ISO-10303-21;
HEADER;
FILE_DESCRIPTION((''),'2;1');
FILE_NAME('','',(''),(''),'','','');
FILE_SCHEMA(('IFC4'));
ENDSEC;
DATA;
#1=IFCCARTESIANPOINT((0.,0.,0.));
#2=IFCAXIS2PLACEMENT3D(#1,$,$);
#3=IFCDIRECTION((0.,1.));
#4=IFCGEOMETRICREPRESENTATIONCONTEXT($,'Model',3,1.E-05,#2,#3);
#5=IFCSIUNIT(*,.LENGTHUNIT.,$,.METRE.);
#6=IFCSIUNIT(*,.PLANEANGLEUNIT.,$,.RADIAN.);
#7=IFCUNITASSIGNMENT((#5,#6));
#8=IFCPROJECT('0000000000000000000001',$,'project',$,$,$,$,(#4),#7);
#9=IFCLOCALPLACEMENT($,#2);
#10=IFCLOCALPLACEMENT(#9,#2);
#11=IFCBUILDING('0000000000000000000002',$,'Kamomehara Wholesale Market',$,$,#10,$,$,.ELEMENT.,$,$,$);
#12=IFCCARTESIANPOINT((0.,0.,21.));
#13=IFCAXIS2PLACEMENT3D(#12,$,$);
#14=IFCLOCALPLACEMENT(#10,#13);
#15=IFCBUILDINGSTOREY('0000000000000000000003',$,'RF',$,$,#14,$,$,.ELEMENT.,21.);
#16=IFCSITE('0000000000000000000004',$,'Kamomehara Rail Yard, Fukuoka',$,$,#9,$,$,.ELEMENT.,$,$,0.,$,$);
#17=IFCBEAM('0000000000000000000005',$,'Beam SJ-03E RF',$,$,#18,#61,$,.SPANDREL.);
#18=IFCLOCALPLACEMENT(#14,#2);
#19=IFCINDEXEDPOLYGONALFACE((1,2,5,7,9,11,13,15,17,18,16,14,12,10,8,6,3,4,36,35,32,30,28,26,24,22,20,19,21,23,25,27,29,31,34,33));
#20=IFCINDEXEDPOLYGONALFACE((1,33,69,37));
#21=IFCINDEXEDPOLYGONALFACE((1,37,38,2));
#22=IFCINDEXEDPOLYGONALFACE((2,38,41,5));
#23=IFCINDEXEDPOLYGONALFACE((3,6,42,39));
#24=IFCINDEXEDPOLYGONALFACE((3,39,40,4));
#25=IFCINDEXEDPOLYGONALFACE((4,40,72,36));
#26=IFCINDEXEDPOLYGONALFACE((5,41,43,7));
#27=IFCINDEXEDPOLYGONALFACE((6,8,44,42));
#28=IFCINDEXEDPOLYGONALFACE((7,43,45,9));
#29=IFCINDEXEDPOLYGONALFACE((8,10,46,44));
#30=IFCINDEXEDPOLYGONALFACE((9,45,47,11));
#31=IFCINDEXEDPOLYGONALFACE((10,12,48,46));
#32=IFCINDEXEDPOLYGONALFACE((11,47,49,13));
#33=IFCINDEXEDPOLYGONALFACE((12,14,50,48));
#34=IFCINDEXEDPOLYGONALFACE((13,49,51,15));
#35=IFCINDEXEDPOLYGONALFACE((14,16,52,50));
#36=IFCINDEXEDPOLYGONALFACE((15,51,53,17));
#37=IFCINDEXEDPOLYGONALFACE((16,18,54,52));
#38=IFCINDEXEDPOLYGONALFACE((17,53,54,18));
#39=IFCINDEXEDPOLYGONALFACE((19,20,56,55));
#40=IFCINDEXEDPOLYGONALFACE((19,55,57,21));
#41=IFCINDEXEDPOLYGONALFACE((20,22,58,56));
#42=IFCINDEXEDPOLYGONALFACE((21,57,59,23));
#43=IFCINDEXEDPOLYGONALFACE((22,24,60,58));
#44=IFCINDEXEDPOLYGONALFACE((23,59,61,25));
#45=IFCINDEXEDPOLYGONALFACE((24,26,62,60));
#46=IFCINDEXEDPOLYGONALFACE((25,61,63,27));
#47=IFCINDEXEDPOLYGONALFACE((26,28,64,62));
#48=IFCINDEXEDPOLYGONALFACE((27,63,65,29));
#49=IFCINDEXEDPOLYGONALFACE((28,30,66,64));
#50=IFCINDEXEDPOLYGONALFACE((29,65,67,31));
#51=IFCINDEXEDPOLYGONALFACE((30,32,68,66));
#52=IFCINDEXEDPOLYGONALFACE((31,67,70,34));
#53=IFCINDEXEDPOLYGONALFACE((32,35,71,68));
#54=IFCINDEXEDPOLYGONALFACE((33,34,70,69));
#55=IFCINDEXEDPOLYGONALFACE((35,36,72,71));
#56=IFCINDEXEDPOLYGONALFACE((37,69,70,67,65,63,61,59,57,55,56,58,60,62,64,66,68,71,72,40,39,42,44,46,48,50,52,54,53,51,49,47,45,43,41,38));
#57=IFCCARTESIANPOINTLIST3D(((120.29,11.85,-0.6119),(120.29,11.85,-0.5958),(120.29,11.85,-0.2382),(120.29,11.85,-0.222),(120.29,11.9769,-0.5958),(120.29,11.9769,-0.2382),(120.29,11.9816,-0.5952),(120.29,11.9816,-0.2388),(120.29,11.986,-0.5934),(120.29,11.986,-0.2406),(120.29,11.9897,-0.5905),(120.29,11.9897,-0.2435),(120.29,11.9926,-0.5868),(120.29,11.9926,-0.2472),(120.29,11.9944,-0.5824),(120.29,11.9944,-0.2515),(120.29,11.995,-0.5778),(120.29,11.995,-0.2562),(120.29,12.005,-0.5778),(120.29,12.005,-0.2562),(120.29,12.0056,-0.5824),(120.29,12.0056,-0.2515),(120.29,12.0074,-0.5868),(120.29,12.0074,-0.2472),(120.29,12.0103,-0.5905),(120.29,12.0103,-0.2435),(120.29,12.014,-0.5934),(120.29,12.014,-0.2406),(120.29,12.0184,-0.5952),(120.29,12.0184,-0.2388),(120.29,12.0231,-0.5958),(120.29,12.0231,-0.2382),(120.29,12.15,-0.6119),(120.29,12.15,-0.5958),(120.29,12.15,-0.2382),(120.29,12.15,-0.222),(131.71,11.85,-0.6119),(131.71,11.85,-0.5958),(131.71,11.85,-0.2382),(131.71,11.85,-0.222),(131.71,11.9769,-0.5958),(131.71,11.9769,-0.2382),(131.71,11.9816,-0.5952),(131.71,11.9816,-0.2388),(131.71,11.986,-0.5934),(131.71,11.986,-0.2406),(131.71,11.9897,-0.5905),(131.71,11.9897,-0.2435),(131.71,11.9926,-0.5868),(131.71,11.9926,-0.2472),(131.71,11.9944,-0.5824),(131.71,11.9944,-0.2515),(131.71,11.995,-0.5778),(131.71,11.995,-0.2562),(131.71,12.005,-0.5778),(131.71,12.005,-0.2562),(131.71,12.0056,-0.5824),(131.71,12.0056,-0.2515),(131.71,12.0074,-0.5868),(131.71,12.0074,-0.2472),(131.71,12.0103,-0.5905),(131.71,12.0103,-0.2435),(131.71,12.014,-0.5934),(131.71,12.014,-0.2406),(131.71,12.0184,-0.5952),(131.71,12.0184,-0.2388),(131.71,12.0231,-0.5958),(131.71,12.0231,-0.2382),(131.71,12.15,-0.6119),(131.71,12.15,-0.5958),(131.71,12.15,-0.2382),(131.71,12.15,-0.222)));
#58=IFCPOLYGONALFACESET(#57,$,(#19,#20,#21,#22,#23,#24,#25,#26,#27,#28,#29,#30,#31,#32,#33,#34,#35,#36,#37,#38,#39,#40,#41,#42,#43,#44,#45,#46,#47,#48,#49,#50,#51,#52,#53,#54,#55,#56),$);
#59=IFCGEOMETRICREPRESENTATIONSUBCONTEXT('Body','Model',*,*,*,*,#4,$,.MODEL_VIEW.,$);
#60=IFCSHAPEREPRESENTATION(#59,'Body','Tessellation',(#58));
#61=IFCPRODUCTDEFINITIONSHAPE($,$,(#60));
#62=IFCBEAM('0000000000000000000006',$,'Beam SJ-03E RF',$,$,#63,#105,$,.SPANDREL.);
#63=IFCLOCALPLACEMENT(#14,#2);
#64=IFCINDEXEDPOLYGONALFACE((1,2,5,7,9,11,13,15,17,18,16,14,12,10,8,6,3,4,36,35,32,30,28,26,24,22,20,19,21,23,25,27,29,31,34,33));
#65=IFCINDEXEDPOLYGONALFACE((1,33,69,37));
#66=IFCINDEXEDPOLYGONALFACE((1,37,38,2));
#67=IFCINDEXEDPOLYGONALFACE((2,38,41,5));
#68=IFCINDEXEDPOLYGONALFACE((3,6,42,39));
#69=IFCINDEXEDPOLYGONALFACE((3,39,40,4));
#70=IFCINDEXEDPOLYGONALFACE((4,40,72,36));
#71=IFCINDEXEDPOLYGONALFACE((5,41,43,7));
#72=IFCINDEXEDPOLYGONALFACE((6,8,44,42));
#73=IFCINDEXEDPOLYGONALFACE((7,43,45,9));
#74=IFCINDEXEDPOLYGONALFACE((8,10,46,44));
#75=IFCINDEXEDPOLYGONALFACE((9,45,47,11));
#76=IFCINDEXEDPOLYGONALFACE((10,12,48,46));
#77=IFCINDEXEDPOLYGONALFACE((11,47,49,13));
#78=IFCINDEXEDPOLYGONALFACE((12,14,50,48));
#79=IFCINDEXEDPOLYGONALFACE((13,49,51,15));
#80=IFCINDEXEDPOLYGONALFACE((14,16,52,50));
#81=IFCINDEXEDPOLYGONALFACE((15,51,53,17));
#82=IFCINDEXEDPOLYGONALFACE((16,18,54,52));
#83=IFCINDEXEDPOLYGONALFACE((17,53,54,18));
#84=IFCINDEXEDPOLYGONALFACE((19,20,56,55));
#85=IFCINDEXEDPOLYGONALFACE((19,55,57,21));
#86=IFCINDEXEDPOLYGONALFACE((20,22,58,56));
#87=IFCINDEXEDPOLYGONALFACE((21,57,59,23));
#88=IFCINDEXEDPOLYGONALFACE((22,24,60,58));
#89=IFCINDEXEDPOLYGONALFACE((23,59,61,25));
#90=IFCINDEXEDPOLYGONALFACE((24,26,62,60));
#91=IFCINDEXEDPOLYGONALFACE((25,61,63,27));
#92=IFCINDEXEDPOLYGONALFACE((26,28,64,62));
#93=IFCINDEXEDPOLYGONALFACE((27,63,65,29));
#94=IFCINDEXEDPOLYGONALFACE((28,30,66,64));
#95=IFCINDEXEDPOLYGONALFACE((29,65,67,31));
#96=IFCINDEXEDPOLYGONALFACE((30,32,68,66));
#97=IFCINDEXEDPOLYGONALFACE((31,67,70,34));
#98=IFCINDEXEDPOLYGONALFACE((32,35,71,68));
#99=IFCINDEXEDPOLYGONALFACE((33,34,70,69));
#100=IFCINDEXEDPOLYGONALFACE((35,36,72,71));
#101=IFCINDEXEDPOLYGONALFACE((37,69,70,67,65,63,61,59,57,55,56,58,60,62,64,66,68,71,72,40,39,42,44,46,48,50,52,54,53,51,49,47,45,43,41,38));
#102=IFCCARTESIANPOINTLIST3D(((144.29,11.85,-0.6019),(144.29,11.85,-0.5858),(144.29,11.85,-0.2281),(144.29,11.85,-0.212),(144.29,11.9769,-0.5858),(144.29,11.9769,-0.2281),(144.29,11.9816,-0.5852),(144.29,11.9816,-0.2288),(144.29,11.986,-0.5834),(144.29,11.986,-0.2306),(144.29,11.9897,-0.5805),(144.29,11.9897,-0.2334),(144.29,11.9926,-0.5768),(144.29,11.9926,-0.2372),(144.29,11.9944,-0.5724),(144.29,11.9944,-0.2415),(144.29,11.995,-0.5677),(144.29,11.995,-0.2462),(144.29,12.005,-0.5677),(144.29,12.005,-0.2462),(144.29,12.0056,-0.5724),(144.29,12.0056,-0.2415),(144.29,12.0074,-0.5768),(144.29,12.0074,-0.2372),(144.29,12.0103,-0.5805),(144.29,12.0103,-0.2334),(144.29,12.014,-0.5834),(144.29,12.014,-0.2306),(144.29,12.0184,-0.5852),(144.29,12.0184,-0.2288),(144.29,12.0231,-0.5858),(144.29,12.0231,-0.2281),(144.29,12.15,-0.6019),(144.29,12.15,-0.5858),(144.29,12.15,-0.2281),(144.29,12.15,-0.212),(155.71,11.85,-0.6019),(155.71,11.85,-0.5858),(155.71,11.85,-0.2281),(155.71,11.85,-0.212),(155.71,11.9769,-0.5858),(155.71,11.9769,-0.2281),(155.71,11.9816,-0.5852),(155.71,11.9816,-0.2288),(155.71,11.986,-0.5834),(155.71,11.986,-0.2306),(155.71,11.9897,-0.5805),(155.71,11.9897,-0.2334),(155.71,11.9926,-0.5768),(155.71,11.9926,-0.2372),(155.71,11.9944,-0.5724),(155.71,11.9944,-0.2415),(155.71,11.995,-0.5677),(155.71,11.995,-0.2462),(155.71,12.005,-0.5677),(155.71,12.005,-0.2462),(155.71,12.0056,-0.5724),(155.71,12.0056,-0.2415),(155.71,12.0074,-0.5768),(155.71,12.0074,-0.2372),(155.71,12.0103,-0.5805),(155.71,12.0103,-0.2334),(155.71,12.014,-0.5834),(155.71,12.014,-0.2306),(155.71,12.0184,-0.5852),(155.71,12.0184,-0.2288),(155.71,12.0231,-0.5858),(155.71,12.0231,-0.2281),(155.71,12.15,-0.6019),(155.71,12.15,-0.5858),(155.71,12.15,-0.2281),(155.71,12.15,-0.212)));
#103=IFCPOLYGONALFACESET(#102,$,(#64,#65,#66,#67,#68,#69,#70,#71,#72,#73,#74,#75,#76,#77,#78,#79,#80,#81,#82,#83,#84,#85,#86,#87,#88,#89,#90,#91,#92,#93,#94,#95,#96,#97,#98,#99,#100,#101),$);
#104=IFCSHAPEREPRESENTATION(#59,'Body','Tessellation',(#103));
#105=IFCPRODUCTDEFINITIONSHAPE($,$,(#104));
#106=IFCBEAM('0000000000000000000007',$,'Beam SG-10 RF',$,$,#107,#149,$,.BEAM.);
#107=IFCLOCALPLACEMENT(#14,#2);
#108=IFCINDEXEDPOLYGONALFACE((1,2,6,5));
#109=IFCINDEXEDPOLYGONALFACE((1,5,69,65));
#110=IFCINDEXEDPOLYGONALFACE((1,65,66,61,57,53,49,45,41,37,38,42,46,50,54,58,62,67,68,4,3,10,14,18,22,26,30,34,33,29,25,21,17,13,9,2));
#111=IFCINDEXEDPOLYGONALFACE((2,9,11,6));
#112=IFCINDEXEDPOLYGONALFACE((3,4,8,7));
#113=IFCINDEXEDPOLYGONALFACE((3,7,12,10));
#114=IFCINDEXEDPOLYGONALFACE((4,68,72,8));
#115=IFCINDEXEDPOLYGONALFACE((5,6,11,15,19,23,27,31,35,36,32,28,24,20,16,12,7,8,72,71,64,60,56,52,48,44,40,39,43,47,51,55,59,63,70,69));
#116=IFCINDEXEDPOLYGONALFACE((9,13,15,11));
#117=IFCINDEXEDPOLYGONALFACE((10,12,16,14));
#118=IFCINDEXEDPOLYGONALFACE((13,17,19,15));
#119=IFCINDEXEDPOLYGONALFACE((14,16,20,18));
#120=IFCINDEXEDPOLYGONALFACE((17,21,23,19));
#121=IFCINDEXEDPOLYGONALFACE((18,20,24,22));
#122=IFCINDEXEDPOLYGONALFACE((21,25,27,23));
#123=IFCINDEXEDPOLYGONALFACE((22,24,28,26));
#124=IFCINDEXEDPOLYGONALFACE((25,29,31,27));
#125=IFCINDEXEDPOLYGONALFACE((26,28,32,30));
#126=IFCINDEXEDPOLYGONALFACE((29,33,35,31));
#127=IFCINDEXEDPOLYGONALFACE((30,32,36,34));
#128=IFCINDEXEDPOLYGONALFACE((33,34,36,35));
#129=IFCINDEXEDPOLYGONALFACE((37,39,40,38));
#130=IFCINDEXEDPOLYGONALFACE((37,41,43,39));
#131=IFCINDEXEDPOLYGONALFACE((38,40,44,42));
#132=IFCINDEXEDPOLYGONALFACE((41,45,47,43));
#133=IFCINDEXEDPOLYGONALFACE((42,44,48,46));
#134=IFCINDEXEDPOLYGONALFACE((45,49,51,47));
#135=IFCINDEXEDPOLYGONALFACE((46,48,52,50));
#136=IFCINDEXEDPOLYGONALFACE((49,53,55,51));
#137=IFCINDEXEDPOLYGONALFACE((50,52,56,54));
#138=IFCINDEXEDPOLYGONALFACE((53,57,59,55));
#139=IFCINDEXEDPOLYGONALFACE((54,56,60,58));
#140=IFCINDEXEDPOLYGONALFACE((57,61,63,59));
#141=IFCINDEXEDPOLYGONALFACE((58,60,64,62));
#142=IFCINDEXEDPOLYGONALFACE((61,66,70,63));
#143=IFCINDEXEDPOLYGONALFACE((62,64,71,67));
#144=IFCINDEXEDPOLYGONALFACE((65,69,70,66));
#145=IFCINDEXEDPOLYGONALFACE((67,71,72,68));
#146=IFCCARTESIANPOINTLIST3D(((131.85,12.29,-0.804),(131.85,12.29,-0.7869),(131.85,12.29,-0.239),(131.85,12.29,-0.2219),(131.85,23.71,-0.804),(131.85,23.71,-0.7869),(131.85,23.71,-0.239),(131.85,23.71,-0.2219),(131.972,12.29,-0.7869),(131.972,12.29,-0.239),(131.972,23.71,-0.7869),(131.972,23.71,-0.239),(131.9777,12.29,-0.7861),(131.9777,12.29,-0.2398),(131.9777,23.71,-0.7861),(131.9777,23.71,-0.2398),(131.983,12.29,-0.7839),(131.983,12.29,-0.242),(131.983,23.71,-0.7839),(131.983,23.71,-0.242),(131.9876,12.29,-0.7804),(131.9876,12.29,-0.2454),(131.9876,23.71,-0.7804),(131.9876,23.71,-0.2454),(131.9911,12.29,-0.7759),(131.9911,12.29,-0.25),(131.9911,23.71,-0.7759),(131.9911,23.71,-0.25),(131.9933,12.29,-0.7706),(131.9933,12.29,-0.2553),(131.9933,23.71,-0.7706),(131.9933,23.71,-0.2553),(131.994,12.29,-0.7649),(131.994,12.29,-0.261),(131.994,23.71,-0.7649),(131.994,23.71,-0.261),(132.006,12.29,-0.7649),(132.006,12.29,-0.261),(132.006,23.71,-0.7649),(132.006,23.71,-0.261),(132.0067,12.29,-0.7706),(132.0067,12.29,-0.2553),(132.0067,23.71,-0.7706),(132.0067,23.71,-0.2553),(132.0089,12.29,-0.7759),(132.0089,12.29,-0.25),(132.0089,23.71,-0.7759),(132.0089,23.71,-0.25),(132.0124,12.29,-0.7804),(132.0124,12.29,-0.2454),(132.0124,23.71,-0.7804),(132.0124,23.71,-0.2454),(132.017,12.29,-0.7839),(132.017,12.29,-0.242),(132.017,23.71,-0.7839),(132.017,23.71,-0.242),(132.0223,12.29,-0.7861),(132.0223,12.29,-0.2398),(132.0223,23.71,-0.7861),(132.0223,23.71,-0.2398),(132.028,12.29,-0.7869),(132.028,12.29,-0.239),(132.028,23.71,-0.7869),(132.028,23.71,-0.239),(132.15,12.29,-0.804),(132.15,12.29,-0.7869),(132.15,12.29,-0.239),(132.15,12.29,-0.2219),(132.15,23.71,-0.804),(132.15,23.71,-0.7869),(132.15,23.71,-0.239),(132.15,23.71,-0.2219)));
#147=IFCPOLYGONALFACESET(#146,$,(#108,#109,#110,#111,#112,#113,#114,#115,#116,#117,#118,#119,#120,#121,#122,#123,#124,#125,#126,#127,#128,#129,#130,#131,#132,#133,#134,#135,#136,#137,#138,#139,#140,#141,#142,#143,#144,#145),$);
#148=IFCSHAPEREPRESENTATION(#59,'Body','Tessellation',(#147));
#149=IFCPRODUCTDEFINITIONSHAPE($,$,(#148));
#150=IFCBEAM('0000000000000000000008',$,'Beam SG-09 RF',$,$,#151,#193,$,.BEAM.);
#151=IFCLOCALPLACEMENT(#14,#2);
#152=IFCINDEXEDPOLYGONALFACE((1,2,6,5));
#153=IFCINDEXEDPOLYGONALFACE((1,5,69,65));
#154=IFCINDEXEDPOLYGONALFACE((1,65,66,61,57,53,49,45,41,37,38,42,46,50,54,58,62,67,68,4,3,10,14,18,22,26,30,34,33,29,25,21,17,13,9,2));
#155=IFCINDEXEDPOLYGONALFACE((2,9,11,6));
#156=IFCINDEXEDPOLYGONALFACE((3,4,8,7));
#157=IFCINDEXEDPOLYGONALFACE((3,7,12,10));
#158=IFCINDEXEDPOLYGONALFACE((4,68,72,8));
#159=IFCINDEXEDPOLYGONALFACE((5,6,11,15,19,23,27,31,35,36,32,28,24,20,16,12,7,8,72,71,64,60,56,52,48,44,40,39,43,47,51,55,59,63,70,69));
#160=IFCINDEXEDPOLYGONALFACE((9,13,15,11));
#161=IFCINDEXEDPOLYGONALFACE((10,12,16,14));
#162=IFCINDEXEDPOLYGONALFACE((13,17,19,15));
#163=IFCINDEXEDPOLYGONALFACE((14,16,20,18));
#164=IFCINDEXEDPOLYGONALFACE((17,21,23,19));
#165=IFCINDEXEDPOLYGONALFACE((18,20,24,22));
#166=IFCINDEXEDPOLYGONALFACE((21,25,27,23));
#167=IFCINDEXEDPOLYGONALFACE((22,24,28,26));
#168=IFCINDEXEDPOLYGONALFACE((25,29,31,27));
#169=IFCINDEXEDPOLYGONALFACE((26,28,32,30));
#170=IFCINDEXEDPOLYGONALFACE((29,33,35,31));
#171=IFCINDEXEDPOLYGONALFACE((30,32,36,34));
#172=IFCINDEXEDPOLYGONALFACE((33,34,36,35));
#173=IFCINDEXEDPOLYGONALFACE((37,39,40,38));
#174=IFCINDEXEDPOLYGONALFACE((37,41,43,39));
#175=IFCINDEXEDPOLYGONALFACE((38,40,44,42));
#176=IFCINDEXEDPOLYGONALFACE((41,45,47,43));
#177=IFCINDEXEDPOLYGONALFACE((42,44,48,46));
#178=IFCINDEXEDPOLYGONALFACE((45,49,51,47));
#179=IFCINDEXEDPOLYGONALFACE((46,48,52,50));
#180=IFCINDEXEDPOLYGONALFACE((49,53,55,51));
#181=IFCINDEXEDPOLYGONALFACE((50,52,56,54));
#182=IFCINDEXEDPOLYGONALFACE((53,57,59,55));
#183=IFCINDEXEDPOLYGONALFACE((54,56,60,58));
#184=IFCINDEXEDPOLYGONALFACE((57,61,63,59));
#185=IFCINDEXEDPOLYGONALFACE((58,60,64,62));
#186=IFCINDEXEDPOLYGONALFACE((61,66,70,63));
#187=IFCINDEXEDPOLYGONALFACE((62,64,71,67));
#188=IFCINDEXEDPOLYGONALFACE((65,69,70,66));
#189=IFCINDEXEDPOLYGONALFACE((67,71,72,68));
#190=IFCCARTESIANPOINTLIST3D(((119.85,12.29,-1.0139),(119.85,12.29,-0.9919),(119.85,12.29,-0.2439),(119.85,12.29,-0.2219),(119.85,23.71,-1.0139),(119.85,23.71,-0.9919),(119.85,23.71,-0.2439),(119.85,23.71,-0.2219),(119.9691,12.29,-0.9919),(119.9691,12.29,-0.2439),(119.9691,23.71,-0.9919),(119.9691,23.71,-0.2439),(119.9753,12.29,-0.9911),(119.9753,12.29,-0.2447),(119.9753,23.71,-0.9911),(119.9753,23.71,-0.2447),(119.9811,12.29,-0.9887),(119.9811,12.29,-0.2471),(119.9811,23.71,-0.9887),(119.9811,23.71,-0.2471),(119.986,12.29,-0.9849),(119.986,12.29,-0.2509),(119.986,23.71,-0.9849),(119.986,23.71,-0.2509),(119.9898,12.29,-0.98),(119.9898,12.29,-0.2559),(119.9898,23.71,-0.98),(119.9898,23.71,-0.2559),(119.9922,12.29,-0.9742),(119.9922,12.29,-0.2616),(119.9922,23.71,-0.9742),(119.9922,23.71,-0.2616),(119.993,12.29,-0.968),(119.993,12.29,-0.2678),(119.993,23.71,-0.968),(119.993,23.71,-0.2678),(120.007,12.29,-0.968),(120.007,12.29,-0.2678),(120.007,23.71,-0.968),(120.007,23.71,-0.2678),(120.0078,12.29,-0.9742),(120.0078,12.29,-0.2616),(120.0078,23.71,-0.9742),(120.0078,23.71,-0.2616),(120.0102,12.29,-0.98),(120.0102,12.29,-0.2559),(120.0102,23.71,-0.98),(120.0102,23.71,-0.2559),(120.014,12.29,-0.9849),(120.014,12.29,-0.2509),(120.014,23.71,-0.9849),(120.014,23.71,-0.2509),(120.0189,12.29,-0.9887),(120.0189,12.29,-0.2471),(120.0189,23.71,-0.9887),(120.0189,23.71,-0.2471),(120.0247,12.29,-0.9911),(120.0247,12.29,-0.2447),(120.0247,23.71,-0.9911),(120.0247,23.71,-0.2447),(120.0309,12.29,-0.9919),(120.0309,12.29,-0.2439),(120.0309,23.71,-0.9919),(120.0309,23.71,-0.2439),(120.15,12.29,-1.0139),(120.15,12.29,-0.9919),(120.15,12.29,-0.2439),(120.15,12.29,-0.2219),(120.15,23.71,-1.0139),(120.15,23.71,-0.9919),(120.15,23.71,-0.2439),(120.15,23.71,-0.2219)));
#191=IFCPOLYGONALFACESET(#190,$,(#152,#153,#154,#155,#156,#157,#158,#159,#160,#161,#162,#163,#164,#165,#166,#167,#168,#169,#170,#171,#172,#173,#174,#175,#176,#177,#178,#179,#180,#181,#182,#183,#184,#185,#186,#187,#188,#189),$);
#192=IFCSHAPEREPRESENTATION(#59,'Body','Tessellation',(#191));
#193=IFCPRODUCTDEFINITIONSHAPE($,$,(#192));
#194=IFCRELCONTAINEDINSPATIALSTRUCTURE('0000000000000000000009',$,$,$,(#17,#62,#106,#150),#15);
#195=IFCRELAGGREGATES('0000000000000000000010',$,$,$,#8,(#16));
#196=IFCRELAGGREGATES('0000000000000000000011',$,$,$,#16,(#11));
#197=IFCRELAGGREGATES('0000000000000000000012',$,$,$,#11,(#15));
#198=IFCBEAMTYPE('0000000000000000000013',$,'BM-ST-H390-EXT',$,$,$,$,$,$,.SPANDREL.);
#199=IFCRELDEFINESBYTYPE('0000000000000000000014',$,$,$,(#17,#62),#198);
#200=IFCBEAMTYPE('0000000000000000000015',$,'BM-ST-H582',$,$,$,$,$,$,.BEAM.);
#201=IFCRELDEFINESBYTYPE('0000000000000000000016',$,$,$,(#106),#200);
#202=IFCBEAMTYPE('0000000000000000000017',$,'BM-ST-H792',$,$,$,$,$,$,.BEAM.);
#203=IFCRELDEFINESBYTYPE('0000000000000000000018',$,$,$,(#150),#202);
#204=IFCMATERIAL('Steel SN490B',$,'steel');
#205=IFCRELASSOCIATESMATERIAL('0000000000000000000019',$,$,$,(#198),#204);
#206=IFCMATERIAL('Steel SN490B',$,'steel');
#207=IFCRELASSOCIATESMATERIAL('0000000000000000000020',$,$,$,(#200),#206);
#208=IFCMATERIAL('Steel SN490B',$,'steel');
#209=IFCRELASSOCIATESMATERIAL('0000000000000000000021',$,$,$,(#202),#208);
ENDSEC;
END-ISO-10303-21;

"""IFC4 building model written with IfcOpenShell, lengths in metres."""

from ifc_helpers import new_model, si_unit, direction, frame, origin, origin_2d, place, context, subcontext, project, spatial, i_section, extrude, material, material_profile, profile_set, type_object, element, save


model = new_model("IFC4")

# Units and contexts
model_context = context("Model", 3, precision=1e-05, world=origin(), true_north=direction((0.0, 1.0)))
body_context = subcontext(model_context, "Body", "Model", "MODEL_VIEW")
ifc_project = project(units=[si_unit("LENGTHUNIT", "METRE"), si_unit("PLANEANGLEUNIT", "RADIAN")], contexts=[model_context])

# Site, building, storey
site_placement = place(None, origin())
site = spatial("IfcSite", under=ifc_project, at=site_placement, Name="Kamomehara Rail Yard, Fukuoka", CompositionType="ELEMENT", RefElevation=0.0)
building_placement = place(site_placement, origin())
building = spatial("IfcBuilding", under=site, at=building_placement, Name="Kamomehara Wholesale Market", CompositionType="ELEMENT")
storey_placement = place(building_placement, frame((0.0, 0.0, 21.0)))
storey = spatial("IfcBuildingStorey", under=building, at=storey_placement, Name="RF", CompositionType="ELEMENT", Elevation=21.0)

# Beams
ifc_material_1 = material(Name="Steel SN490B", Category="steel")
ifc_material_profile_1 = material_profile(ifc_material_1, i_section(OverallWidth=0.3, OverallDepth=0.3899, WebThickness=0.01, FlangeThickness=0.0161, FilletRadius=0.0181, at=origin_2d()), Name="H-390x300x10x16")
ifc_profile_set_1 = profile_set([ifc_material_profile_1], Name="Steel SN490B")
beam_type_1 = type_object("IfcBeamType", Name="BM-ST-H390-EXT", PredefinedType="SPANDREL", material=ifc_profile_set_1)
for number, where, z_axis, x_axis, name in (
    (1, (120.29, 12.0, -0.417), (1.0, 0.0, 0.0), (0.0, 1.0, 0.0), "Beam SJ-03E RF"),
    (2, (144.29, 12.0, -0.407), (1.0, 0.0, 0.0), (0.0, 1.0, 0.0), "Beam SJ-03E RF"),
):
    element("IfcBeam", number, at=place(storey_placement, frame(where, z_axis=z_axis, x_axis=x_axis)), inside=storey, type_object=beam_type_1, Name=name, PredefinedType="SPANDREL", context=body_context, shape_type="SweptSolid", body=[
        extrude(i_section(OverallWidth=0.3, OverallDepth=0.3899, WebThickness=0.01, FlangeThickness=0.0161, FilletRadius=0.0181, at=origin_2d()), origin(), (0.0, 0.0, 1.0), 11.4199),
    ])
ifc_material_2 = material(Name="Steel SN490B", Category="steel")
ifc_material_profile_2 = material_profile(ifc_material_2, i_section(OverallWidth=0.3, OverallDepth=0.582, WebThickness=0.012, FlangeThickness=0.0171, FilletRadius=0.022, at=origin_2d()), Name="H-582x300x12x17")
ifc_profile_set_2 = profile_set([ifc_material_profile_2], Name="Steel SN490B")
beam_type_2 = type_object("IfcBeamType", Name="BM-ST-H582", PredefinedType="BEAM", material=ifc_profile_set_2)
beam_1_placement = place(storey_placement, frame((132.0, 12.29, -0.5129), z_axis=(0.0, 1.0, 0.0), x_axis=(-1.0, 0.0, 0.0)))
element("IfcBeam", 3, at=beam_1_placement, inside=storey, type_object=beam_type_2, Name="Beam SG-10 RF", PredefinedType="BEAM", context=body_context, shape_type="SweptSolid", body=[
    extrude(i_section(OverallWidth=0.3, OverallDepth=0.582, WebThickness=0.012, FlangeThickness=0.0171, FilletRadius=0.022, at=origin_2d()), origin(), (0.0, 0.0, 1.0), 11.4199),
])
ifc_material_3 = material(Name="Steel SN490B", Category="steel")
ifc_material_profile_3 = material_profile(ifc_material_3, i_section(OverallWidth=0.3, OverallDepth=0.792, WebThickness=0.0139, FlangeThickness=0.022, FilletRadius=0.0239, at=origin_2d()), Name="H-792x300x14x22")
ifc_profile_set_3 = profile_set([ifc_material_profile_3], Name="Steel SN490B")
beam_type_3 = type_object("IfcBeamType", Name="BM-ST-H792", PredefinedType="BEAM", material=ifc_profile_set_3)
beam_2_placement = place(storey_placement, frame((120.0, 12.29, -0.6179), z_axis=(0.0, 1.0, 0.0), x_axis=(-1.0, 0.0, 0.0)))
element("IfcBeam", 4, at=beam_2_placement, inside=storey, type_object=beam_type_3, Name="Beam SG-09 RF", PredefinedType="BEAM", context=body_context, shape_type="SweptSolid", body=[
    extrude(i_section(OverallWidth=0.3, OverallDepth=0.792, WebThickness=0.0139, FlangeThickness=0.022, FilletRadius=0.0239, at=origin_2d()), origin(), (0.0, 0.0, 1.0), 11.4199),
])

save(model, "model.ifc")
